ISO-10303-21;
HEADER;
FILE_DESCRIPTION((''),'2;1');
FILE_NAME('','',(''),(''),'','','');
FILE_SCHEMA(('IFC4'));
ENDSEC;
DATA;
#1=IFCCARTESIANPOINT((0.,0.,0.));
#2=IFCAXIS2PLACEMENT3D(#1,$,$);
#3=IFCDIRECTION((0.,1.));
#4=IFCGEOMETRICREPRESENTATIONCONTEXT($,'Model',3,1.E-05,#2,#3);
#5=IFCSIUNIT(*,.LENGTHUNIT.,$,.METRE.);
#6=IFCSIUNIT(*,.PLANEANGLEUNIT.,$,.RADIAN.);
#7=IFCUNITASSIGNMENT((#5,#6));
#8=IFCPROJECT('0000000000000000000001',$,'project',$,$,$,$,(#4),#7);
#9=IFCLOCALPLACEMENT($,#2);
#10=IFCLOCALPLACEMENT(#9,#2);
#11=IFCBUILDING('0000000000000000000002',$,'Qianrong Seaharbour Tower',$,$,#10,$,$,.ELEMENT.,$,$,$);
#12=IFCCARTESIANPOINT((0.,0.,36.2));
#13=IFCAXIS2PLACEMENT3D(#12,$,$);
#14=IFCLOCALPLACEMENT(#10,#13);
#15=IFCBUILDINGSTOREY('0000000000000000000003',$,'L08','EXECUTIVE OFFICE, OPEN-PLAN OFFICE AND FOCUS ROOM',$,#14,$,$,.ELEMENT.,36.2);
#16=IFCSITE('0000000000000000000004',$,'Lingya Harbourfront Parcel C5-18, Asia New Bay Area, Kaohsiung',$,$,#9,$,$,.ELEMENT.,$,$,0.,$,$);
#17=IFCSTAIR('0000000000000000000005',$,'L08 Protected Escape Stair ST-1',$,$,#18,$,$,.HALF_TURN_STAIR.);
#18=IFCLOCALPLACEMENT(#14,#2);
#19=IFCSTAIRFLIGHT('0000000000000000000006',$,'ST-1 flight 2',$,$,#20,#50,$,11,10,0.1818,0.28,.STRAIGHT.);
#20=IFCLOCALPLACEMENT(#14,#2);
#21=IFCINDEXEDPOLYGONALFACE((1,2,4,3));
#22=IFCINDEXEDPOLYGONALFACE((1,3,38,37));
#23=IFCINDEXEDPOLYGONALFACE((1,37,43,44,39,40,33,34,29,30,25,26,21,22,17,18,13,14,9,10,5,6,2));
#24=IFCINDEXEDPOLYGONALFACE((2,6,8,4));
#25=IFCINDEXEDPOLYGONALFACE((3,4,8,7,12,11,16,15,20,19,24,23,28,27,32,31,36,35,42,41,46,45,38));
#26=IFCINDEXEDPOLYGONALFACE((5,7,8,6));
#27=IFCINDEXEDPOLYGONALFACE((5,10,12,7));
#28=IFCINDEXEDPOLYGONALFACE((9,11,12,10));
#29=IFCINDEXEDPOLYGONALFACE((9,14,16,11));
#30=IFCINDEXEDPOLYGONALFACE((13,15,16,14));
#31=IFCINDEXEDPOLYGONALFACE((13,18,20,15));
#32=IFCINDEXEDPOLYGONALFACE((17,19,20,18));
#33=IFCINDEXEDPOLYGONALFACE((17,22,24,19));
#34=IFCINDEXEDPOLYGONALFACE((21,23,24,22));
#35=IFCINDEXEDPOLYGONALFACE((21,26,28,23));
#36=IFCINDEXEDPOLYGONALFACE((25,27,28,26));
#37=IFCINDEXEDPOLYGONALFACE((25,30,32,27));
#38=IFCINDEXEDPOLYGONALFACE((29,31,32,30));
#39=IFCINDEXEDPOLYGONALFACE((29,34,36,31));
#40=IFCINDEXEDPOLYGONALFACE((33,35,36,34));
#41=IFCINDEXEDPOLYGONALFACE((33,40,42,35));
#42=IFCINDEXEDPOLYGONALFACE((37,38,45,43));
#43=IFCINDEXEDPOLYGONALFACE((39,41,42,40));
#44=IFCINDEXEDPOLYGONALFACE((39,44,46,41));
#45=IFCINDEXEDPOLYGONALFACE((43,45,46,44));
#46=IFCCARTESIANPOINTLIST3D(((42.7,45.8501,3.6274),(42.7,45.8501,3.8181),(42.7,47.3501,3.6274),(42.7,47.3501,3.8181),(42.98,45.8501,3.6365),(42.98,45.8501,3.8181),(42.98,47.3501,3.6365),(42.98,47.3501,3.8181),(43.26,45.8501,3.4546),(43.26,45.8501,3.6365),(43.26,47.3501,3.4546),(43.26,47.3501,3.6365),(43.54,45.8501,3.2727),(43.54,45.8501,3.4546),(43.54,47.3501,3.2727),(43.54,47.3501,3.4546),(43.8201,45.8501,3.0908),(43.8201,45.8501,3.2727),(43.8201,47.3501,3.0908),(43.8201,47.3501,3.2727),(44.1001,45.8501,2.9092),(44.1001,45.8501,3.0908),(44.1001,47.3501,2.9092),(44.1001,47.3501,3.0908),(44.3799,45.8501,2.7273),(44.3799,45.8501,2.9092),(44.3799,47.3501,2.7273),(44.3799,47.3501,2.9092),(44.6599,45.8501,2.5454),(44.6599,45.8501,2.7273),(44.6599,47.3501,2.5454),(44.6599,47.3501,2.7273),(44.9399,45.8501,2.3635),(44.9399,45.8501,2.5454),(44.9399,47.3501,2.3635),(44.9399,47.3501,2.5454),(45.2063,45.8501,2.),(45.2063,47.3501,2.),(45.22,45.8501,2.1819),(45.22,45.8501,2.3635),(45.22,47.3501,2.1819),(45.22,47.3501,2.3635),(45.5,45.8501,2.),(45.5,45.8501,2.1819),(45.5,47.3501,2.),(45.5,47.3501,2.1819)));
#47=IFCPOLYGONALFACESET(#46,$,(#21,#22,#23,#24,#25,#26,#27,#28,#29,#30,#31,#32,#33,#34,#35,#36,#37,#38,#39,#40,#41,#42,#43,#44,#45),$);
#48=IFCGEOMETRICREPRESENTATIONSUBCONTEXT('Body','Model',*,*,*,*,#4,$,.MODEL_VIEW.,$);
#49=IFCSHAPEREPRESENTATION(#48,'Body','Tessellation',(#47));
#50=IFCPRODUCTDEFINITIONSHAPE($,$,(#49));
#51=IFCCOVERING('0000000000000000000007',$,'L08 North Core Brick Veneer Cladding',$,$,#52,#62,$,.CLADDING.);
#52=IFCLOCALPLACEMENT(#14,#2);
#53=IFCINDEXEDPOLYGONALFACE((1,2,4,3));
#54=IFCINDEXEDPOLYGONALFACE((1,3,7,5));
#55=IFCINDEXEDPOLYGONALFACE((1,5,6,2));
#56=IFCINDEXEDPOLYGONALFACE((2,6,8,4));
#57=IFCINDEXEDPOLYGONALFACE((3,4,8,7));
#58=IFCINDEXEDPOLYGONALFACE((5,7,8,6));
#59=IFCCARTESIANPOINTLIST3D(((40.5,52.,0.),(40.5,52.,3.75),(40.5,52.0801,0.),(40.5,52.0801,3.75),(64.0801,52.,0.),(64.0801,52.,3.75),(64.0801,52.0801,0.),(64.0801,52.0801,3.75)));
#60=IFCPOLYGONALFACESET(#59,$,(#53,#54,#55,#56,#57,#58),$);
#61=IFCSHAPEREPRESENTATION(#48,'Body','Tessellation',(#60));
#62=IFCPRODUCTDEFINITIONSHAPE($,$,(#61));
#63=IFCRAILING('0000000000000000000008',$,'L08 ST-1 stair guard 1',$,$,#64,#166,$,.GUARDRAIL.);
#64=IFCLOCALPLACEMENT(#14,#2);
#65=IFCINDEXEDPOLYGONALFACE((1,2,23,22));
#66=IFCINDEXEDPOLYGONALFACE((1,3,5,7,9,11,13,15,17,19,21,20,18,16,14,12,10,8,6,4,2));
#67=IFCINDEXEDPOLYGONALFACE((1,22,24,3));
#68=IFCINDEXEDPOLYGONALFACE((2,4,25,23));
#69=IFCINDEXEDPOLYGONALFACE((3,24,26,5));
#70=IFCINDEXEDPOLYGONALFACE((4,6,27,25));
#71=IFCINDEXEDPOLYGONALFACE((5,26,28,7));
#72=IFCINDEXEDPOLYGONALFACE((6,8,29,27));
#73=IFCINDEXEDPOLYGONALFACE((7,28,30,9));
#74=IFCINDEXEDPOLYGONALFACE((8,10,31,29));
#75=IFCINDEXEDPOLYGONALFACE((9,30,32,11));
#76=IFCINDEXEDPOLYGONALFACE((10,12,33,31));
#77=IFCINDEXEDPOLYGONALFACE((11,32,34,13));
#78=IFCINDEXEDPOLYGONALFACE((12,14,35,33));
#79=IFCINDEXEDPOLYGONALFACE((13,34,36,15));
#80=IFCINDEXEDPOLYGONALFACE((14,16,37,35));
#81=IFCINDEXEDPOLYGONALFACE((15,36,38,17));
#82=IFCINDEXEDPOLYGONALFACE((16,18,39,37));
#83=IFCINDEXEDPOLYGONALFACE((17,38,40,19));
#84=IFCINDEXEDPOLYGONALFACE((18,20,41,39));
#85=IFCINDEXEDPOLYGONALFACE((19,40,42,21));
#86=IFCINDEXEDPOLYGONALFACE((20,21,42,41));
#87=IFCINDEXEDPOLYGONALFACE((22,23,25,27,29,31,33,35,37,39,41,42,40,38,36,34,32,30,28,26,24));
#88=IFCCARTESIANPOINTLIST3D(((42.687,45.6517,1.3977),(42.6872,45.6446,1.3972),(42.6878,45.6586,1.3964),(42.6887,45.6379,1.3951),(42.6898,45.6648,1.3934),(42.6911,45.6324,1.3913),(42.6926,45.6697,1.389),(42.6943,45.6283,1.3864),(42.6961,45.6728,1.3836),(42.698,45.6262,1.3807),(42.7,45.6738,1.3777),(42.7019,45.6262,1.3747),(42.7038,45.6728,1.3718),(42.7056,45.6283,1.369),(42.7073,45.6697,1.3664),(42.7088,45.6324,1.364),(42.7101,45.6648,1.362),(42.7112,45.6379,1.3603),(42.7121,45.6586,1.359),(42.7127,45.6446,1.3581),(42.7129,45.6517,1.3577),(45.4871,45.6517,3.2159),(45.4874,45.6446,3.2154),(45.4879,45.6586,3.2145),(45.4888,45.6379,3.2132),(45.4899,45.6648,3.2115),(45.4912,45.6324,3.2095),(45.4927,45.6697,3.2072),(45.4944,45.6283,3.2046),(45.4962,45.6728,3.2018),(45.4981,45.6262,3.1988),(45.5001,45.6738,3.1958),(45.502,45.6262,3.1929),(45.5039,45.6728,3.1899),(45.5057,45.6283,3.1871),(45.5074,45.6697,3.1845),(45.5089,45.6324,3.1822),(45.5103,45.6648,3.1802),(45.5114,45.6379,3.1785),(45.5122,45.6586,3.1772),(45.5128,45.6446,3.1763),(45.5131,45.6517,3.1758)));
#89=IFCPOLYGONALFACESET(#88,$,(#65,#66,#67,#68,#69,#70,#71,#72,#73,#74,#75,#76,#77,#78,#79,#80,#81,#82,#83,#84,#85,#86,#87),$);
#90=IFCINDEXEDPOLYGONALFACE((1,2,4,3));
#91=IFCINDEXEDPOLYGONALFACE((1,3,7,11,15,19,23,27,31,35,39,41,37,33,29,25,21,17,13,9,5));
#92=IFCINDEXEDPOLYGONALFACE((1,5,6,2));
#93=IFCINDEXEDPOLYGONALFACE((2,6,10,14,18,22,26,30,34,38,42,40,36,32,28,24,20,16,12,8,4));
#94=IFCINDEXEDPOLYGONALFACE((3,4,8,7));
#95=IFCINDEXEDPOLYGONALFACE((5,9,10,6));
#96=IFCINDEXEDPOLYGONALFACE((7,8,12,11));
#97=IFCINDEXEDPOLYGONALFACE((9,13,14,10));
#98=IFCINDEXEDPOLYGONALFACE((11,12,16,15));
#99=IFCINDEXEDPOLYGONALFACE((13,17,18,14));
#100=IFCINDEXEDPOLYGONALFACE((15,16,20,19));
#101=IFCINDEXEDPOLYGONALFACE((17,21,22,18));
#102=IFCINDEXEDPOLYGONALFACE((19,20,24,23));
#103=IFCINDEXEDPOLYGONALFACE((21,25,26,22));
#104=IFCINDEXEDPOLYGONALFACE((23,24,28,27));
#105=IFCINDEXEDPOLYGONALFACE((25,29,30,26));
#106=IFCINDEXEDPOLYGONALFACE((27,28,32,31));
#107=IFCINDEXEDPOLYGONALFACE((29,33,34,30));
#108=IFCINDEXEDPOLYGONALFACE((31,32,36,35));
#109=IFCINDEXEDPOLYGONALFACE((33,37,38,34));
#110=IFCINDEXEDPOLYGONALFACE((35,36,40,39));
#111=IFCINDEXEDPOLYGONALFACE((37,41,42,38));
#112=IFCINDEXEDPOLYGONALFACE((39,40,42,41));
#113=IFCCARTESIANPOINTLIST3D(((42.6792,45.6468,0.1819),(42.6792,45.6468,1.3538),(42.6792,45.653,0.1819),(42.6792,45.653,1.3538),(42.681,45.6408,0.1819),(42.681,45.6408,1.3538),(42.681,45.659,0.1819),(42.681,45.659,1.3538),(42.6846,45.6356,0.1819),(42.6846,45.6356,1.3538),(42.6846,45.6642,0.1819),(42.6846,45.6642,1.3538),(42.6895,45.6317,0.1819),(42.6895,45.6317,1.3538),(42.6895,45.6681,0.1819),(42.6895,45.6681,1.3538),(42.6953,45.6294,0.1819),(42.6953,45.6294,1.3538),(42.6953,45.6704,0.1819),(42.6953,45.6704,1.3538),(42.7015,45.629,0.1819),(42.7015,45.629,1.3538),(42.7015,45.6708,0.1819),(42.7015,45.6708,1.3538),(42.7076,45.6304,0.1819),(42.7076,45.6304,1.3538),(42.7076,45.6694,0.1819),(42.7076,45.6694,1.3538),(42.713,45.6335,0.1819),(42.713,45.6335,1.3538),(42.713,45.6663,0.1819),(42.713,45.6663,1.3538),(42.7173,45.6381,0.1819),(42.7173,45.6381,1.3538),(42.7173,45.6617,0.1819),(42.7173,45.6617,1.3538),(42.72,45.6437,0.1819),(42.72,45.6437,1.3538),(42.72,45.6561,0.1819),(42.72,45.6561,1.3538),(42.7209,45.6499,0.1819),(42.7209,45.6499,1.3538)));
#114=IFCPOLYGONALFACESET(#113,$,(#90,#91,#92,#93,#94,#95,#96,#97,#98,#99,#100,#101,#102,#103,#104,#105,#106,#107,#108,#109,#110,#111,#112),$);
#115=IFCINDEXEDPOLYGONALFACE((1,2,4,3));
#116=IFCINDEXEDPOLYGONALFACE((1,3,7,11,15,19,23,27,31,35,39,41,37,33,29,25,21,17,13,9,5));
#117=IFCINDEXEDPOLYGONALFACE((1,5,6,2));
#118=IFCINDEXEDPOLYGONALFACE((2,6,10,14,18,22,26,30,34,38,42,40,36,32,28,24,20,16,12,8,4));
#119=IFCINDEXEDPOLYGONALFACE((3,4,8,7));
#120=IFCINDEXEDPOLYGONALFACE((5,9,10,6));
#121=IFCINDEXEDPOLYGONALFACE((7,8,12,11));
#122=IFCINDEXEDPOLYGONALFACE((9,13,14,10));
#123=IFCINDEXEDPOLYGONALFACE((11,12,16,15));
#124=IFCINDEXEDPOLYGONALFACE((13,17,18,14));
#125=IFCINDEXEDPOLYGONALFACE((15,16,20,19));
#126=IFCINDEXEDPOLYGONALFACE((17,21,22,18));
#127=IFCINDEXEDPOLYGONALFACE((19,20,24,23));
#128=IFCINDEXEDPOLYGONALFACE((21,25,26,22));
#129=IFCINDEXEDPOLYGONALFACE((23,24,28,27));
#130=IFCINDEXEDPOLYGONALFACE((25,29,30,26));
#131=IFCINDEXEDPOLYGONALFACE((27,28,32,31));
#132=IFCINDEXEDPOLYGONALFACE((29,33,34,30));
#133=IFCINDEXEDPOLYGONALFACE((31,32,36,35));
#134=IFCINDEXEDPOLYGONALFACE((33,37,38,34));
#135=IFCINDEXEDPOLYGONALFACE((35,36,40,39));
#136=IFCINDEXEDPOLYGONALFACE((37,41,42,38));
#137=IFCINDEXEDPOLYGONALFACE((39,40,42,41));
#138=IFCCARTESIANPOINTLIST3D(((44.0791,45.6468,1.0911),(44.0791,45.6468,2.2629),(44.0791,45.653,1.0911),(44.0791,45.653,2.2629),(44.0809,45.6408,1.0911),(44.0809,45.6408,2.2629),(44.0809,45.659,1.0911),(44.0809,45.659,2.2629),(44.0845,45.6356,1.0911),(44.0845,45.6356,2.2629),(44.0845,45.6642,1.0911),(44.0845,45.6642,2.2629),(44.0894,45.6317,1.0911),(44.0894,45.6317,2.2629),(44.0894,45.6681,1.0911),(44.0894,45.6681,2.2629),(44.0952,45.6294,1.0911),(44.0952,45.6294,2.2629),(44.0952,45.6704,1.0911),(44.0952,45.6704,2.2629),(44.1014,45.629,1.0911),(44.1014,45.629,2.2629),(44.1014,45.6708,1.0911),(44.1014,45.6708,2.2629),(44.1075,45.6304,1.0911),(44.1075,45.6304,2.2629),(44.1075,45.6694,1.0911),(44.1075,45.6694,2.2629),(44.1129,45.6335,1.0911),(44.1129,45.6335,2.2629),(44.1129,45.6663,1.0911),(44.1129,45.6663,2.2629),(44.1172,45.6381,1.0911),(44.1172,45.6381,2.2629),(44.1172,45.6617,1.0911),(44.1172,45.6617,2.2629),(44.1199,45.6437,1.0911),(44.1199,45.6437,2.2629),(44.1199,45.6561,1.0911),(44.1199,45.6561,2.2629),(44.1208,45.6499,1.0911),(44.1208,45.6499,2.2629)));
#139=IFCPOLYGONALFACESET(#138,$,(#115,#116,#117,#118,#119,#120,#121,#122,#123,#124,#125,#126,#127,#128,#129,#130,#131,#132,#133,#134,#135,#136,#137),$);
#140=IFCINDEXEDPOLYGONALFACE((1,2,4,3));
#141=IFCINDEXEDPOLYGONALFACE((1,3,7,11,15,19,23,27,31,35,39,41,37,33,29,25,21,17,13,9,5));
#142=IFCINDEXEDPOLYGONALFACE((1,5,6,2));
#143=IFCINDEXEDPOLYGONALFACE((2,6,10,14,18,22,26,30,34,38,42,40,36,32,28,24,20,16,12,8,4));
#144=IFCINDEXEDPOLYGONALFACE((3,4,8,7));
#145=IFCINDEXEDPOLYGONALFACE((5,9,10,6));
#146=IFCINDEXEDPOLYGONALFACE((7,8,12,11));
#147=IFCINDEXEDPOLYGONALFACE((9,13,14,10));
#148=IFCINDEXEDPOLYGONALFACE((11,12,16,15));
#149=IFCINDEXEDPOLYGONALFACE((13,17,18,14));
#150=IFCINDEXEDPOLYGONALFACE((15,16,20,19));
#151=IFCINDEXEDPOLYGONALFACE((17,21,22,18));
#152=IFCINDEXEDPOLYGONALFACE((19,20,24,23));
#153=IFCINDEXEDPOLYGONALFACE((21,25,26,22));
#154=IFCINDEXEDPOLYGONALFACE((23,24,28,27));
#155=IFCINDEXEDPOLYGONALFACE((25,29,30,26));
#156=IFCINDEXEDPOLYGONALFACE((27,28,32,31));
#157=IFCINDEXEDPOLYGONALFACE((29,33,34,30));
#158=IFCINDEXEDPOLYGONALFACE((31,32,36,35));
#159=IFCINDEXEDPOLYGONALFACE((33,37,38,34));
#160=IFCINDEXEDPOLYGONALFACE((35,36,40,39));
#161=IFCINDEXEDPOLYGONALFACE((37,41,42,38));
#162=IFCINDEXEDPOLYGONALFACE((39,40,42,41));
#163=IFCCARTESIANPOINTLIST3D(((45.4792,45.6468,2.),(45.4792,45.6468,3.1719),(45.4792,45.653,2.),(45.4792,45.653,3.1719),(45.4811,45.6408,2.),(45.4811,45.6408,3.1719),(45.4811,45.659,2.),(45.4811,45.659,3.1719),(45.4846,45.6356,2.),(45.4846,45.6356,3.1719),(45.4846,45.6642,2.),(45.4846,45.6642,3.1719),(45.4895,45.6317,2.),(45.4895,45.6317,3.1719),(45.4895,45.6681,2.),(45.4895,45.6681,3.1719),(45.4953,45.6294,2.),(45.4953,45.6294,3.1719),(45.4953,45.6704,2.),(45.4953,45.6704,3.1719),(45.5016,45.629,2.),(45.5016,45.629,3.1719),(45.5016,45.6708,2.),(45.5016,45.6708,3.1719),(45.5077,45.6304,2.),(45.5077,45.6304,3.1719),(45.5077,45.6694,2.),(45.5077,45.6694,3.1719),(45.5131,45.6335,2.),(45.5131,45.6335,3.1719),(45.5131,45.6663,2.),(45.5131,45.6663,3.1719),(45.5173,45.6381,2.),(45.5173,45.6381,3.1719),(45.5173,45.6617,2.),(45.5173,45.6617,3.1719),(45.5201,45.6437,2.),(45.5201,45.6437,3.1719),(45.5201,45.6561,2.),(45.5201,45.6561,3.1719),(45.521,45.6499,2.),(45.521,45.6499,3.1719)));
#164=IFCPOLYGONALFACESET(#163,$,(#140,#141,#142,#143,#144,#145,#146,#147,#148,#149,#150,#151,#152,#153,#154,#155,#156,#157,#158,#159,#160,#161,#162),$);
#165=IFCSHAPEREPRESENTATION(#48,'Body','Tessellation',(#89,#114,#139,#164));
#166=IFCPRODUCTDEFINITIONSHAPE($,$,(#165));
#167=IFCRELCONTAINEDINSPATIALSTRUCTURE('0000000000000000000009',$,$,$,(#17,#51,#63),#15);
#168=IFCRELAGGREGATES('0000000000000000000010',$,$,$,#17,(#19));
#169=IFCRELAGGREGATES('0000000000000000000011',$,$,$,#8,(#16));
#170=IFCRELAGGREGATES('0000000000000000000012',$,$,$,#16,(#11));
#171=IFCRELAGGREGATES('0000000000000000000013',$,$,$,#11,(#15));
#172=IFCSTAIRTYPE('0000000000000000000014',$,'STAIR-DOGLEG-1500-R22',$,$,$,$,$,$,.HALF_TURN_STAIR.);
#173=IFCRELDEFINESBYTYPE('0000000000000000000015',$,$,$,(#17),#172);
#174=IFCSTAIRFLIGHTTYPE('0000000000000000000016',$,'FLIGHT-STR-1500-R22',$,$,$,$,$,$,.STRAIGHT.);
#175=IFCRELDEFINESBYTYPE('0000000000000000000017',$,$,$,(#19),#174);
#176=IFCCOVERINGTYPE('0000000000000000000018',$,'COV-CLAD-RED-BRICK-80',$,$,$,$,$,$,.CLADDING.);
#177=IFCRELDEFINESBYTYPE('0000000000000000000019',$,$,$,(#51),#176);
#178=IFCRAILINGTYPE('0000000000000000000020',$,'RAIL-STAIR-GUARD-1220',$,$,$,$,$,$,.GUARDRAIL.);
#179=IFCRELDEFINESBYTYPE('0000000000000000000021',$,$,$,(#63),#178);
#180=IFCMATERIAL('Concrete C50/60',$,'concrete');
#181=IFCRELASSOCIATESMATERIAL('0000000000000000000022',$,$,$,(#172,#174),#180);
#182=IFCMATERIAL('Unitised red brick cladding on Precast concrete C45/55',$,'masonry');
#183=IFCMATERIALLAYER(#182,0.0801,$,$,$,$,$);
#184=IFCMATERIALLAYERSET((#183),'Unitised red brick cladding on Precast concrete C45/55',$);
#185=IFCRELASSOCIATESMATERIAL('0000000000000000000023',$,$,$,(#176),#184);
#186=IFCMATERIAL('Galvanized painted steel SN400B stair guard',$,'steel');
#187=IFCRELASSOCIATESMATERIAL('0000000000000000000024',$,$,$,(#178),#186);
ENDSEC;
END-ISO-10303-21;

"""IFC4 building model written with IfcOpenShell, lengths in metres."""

from ifc_helpers import new_model, si_unit, direction, frame, origin, origin_2d, place, context, subcontext, project, spatial, polyline, rectangle, circle, outline, extrude, material, layer, layer_set, type_object, element, aggregate, save


model = new_model("IFC4")

# Units and contexts
model_context = context("Model", 3, precision=1e-05, world=origin(), true_north=direction((0.0, 1.0)))
body_context = subcontext(model_context, "Body", "Model", "MODEL_VIEW")
ifc_project = project(units=[si_unit("LENGTHUNIT", "METRE"), si_unit("PLANEANGLEUNIT", "RADIAN")], contexts=[model_context])

# Site, building, storey
site_placement = place(None, origin())
site = spatial("IfcSite", under=ifc_project, at=site_placement, Name="Lingya Harbourfront Parcel C5-18, Asia New Bay Area, Kaohsiung", CompositionType="ELEMENT", RefElevation=0.0)
building_placement = place(site_placement, origin())
building = spatial("IfcBuilding", under=site, at=building_placement, Name="Qianrong Seaharbour Tower", CompositionType="ELEMENT")
storey_placement = place(building_placement, frame((0.0, 0.0, 36.2)))
storey = spatial("IfcBuildingStorey", under=building, at=storey_placement, Name="L08", Description="EXECUTIVE OFFICE, OPEN-PLAN OFFICE AND FOCUS ROOM", CompositionType="ELEMENT", Elevation=36.2)

# Shared definitions
ifc_material_1 = material(Name="Concrete C50/60", Category="concrete")

# Stair, stair flight
stair_type = type_object("IfcStairType", Name="STAIR-DOGLEG-1500-R22", PredefinedType="HALF_TURN_STAIR", material=ifc_material_1)
stair_placement = place(storey_placement, origin())
stair = element("IfcStair", 1, at=stair_placement, inside=storey, type_object=stair_type, Name="L08 Protected Escape Stair ST-1", PredefinedType="HALF_TURN_STAIR")
stair_flight_type = type_object("IfcStairFlightType", Name="FLIGHT-STR-1500-R22", PredefinedType="STRAIGHT", material=ifc_material_1)
stair_flight_1_placement = place(storey_placement, frame((45.5, 46.6001, 2.0), z_axis=(0.0, 0.0, 1.0), x_axis=(-1.0, 0.0, 0.0)))
stair_flight_1 = element("IfcStairFlight", 2, at=stair_flight_1_placement, type_object=stair_flight_type, Name="ST-1 flight 2", NumberOfRisers=11, NumberOfTreads=10, PredefinedType="STRAIGHT", RiserHeight=0.1818, TreadLength=0.28, context=body_context, shape_type="SweptSolid", body=[
    extrude(outline(polyline([(0.0, 0.0), (0.0, 0.1819), (0.28, 0.1819), (0.28, 0.3635), (0.5601, 0.3635), (0.5601, 0.5454), (0.8401, 0.5454), (0.8401, 0.7273), (1.1201, 0.7273), (1.1201, 0.9092), (1.3999, 0.9092), (1.3999, 1.0908), (1.6799, 1.0908), (1.6799, 1.2727), (1.96, 1.2727), (1.96, 1.4546), (2.24, 1.4546), (2.24, 1.6365), (2.52, 1.6365), (2.52, 1.8181), (2.8, 1.8181), (2.8, 2.0), (2.8, 1.6274), (0.2937, 0.0), (0.0, 0.0)])), frame((0.0, 0.75, 0.0), z_axis=(0.0, -1.0, 0.0), x_axis=(1.0, 0.0, 0.0)), (0.0, 0.0, 1.0), 1.5),
])
aggregate(stair, [stair_flight_1])

# Covering
ifc_material_2 = material(Name="Unitised red brick cladding on Precast concrete C45/55", Category="masonry")
ifc_layer_1 = layer(ifc_material_2, 0.0801)
ifc_layer_set_1 = layer_set([ifc_layer_1], Name="Unitised red brick cladding on Precast concrete C45/55")
covering_type = type_object("IfcCoveringType", Name="COV-CLAD-RED-BRICK-80", PredefinedType="CLADDING", material=ifc_layer_set_1)
covering_placement = place(storey_placement, frame((52.29, 52.04, 0.0), z_axis=(0.0, 0.0, 1.0), x_axis=(1.0, 0.0, 0.0)))
element("IfcCovering", 3, at=covering_placement, inside=storey, type_object=covering_type, Name="L08 North Core Brick Veneer Cladding", PredefinedType="CLADDING", context=body_context, shape_type="SweptSolid", body=[
    extrude(rectangle(XDim=23.5801, YDim=0.0801, at=origin_2d()), origin(), (0.0, 0.0, 1.0), 3.75),
])

# Railing
ifc_material_3 = material(Name="Galvanized painted steel SN400B stair guard", Category="steel")
railing_type_1 = type_object("IfcRailingType", Name="RAIL-STAIR-GUARD-1220", PredefinedType="GUARDRAIL", material=ifc_material_3)
railing_1_placement = place(storey_placement, frame((42.7, 45.6499, 0.1819)))
element("IfcRailing", 4, at=railing_1_placement, inside=storey, type_object=railing_type_1, Name="L08 ST-1 stair guard 1", PredefinedType="GUARDRAIL", context=body_context, shape_type="SweptSolid", body=[
    extrude(circle(Radius=0.0239, at=origin_2d()), frame((0.0, 0.0, 1.1958), z_axis=(0.838706, 0.0, 0.544585), x_axis=(0.0, 1.0, 0.0)), (0.0, 0.0, 1.0), 3.3386),
    extrude(circle(Radius=0.021, at=origin_2d()), origin(), (0.0, 0.0, 1.0), 1.1719),
    extrude(circle(Radius=0.021, at=origin_2d()), frame((1.3999, 0.0, 0.9092)), (0.0, 0.0, 1.0), 1.1719),
    extrude(circle(Radius=0.021, at=origin_2d()), frame((2.8, 0.0, 1.8181)), (0.0, 0.0, 1.0), 1.1719),
])

save(model, "model.ifc")
